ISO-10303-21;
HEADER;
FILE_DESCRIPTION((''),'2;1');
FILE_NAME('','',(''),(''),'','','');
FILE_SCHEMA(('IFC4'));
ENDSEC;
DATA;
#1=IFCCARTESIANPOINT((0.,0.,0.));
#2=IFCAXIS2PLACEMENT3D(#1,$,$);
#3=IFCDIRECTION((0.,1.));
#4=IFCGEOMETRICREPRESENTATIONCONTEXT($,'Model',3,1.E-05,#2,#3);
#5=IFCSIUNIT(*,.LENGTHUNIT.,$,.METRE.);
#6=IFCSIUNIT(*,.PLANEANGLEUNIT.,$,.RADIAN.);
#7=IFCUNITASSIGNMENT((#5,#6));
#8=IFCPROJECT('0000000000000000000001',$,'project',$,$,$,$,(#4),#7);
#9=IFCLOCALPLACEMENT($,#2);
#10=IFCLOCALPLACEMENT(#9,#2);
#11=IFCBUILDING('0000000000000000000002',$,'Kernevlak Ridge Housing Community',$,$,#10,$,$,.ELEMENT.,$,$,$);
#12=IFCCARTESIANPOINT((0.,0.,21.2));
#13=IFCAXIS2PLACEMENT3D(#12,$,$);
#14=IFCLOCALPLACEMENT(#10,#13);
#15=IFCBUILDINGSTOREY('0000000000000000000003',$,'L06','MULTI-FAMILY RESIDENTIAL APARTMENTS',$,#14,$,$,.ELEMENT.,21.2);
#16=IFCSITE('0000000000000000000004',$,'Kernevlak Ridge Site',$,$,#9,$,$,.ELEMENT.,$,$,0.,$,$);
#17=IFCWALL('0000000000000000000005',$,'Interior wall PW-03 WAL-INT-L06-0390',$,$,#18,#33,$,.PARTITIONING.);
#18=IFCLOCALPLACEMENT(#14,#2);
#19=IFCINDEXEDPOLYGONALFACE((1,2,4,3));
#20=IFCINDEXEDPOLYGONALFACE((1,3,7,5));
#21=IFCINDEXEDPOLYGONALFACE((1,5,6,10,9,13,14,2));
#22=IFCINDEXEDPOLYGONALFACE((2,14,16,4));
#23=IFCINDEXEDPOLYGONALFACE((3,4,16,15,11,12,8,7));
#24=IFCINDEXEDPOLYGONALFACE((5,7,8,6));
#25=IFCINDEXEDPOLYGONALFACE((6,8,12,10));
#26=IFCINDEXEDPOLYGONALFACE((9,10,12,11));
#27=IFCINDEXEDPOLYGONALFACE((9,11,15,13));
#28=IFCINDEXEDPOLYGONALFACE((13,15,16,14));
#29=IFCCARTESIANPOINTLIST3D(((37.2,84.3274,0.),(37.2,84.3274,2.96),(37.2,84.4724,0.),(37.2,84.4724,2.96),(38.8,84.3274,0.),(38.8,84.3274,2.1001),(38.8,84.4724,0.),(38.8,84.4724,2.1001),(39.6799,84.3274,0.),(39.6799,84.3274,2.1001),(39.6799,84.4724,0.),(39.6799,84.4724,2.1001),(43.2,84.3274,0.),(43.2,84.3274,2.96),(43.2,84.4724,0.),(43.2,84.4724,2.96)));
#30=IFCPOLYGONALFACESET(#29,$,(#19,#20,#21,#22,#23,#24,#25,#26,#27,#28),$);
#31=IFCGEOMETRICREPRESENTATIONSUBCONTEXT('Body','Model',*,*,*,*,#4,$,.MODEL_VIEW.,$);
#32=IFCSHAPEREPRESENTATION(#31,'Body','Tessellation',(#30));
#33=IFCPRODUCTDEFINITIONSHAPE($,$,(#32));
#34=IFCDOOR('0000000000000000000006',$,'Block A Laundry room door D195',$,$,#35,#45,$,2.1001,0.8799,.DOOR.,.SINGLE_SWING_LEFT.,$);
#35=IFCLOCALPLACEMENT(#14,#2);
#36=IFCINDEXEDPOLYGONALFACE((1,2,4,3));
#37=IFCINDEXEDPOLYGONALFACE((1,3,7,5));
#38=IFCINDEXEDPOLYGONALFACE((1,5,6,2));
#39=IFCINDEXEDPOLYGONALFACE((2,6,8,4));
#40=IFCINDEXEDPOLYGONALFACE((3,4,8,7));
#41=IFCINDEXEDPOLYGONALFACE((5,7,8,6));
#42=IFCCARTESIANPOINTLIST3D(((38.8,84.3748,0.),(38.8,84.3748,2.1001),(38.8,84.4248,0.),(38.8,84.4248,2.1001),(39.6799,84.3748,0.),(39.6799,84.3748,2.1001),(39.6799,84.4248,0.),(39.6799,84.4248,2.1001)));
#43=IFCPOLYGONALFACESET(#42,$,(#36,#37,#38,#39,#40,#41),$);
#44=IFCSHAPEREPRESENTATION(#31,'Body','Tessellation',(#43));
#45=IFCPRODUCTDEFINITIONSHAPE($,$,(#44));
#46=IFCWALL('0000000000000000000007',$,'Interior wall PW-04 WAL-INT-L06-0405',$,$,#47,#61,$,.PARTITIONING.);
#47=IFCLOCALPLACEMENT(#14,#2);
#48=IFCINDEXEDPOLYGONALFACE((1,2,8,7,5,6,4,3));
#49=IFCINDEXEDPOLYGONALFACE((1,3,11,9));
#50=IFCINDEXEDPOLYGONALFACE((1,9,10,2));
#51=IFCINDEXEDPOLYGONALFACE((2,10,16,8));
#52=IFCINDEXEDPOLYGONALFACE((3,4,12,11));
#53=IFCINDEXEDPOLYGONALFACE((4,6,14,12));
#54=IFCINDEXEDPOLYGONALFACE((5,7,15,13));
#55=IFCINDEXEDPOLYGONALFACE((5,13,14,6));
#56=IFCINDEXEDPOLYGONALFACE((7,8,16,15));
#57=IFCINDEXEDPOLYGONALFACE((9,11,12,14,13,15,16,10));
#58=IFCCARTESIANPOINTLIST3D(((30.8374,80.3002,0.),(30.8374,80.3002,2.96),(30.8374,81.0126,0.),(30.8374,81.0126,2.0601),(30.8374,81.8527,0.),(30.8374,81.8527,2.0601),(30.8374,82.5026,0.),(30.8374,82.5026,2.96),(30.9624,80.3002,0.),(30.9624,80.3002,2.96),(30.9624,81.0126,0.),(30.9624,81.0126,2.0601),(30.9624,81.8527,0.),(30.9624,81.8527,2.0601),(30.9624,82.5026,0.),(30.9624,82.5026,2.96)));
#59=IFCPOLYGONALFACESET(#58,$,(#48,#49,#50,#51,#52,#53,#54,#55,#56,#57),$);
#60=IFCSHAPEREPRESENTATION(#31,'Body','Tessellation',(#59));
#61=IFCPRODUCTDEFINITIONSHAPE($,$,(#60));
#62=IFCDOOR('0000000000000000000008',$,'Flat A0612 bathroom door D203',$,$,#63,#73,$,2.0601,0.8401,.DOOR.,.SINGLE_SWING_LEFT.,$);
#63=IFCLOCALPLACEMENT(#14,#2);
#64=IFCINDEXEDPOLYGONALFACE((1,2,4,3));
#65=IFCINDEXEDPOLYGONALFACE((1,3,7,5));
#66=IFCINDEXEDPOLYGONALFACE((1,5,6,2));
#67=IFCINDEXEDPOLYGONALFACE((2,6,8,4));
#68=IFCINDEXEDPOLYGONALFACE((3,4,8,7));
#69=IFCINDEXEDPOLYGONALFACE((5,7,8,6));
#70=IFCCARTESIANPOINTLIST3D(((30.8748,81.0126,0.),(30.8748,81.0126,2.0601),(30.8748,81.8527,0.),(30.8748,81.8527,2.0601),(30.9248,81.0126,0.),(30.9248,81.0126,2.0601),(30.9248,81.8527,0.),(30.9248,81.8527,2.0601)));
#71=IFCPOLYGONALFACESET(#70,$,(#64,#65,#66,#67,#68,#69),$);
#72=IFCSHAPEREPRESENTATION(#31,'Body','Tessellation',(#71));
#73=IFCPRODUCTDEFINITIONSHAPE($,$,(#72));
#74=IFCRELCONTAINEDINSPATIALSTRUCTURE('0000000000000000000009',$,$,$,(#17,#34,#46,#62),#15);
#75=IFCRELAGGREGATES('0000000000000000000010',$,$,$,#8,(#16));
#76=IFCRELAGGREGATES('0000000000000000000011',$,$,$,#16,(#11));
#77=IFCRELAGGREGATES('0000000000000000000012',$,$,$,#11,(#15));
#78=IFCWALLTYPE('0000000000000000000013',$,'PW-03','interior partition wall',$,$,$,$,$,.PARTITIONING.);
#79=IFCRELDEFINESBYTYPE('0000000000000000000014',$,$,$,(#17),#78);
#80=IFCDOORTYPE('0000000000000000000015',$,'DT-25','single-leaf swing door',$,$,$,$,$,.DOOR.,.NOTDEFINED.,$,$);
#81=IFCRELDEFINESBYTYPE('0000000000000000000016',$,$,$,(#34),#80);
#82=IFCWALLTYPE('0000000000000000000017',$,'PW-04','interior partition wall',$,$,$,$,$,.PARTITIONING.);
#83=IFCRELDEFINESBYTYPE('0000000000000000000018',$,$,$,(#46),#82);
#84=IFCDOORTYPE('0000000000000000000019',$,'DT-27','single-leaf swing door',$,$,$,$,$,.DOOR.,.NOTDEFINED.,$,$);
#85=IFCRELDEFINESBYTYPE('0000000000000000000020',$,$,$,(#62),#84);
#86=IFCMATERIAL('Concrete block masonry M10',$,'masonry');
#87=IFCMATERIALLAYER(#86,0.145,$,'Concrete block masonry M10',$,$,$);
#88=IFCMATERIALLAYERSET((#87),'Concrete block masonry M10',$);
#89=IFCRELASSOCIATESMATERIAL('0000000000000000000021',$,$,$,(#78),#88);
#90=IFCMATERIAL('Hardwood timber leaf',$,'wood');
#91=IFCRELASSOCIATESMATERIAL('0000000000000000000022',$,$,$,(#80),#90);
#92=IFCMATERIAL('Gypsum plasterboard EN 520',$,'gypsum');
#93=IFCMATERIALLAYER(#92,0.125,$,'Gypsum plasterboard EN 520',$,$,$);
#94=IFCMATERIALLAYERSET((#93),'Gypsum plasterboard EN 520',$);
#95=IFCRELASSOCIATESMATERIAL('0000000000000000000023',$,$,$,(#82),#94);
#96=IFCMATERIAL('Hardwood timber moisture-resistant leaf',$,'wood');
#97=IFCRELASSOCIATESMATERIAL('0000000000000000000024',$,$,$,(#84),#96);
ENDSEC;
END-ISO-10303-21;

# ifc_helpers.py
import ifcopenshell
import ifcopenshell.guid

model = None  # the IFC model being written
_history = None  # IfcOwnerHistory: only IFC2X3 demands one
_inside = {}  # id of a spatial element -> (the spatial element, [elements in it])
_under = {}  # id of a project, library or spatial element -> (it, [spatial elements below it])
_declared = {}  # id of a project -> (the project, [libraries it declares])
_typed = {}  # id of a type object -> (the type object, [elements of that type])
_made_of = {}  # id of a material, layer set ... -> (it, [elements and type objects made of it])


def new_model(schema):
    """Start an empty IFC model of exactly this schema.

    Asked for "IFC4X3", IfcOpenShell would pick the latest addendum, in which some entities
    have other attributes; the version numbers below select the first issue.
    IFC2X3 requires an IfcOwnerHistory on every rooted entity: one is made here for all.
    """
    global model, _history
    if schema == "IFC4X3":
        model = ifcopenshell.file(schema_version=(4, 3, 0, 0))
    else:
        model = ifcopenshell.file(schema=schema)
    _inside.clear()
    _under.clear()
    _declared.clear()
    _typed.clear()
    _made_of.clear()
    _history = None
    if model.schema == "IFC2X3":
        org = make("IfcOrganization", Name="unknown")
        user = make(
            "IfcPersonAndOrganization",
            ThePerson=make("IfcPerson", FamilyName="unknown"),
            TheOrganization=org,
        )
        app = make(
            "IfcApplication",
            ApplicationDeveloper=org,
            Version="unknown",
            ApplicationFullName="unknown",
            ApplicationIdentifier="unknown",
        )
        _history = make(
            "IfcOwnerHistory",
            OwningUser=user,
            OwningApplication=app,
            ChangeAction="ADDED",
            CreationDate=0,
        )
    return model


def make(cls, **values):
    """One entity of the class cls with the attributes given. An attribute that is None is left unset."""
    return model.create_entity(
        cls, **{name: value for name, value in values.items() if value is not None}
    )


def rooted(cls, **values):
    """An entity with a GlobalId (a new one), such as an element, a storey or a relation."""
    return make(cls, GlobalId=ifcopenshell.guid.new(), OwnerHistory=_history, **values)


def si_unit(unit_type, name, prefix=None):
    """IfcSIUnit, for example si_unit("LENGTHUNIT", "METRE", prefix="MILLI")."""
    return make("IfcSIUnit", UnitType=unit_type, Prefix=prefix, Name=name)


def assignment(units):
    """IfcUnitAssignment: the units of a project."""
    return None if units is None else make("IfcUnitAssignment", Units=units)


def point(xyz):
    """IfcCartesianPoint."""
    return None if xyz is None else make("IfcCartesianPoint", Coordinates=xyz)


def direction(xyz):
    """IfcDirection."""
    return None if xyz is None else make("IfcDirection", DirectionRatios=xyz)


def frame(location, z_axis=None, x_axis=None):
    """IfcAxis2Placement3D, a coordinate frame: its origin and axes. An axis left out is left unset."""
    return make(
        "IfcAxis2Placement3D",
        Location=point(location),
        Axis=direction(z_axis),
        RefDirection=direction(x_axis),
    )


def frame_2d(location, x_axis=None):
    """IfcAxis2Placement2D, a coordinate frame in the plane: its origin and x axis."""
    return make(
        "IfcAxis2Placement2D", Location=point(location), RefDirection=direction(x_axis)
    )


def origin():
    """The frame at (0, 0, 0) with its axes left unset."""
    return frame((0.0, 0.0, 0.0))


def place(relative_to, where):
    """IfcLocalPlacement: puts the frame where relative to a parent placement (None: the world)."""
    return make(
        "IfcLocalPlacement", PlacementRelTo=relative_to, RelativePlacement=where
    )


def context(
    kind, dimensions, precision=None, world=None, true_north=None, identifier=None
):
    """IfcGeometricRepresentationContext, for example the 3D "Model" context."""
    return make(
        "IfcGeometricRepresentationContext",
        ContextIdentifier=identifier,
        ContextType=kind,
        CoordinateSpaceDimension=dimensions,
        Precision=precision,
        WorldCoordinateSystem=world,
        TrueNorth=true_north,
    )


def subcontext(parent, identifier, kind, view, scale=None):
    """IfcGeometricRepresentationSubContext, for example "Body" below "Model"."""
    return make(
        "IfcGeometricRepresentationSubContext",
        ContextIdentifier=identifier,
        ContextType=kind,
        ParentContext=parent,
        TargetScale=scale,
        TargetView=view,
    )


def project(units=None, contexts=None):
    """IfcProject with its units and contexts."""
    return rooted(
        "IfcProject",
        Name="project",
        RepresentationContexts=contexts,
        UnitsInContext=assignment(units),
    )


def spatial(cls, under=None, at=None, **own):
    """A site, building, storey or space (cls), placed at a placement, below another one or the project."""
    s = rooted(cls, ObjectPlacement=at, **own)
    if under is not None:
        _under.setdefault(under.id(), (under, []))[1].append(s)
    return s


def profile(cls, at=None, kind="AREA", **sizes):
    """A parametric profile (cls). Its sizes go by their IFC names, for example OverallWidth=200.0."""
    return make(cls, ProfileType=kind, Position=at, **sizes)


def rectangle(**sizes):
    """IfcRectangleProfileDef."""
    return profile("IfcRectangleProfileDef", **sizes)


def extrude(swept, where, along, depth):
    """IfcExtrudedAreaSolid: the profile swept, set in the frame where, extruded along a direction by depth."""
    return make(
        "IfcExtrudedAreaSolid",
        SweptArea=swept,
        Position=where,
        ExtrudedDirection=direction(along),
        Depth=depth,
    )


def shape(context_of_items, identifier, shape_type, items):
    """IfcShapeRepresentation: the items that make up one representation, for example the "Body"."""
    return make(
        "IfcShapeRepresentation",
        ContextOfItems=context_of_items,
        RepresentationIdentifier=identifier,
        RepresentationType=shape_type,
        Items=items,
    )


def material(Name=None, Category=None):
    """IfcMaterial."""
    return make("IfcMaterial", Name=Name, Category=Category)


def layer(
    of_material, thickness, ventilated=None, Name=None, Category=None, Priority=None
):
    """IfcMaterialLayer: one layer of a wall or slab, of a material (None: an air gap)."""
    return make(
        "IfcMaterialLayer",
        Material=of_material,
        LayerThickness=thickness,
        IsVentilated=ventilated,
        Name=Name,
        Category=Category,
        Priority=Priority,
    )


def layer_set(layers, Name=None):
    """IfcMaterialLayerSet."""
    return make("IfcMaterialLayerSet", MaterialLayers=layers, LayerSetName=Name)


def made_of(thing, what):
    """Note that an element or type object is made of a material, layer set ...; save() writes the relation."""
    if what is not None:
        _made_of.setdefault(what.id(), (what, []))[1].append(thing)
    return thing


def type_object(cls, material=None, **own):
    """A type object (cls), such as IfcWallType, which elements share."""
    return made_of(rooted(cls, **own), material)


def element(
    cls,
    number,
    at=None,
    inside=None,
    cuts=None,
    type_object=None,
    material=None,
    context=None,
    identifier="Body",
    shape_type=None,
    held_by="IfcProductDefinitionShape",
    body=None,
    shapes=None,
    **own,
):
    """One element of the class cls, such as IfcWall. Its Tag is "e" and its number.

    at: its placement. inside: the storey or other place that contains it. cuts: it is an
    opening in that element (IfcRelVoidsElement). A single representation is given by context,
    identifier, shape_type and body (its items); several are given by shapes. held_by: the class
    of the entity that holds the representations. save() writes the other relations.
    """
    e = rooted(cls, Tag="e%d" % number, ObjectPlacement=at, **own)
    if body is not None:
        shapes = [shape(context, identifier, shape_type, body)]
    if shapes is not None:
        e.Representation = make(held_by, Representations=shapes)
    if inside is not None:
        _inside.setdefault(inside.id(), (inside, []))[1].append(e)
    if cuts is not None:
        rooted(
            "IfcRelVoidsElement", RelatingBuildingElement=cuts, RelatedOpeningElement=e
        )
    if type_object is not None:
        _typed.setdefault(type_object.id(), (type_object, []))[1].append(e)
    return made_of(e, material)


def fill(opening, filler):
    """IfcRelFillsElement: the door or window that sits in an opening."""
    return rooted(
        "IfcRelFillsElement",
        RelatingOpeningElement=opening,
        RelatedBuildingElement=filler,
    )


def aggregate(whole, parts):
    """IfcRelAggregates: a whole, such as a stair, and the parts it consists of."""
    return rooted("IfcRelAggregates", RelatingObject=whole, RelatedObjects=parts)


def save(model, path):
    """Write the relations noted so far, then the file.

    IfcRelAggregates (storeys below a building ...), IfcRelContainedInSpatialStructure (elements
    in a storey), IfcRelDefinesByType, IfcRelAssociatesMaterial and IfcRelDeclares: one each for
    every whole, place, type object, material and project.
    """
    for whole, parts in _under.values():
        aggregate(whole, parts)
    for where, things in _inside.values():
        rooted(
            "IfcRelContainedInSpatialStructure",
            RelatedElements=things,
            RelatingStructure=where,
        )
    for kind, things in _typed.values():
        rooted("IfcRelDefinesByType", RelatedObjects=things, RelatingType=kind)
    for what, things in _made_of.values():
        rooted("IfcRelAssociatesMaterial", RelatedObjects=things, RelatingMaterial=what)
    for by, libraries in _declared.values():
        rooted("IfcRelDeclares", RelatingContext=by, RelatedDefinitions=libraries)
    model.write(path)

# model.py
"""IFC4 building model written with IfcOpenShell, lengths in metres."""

from ifc_helpers import new_model, si_unit, direction, frame, frame_2d, origin, place, context, subcontext, project, spatial, rectangle, extrude, material, layer, layer_set, type_object, element, fill, save


model = new_model("IFC4")

# Units and contexts
model_context = context("Model", 3, precision=1e-05, world=origin(), true_north=direction((0.0, 1.0)))
body_context = subcontext(model_context, "Body", "Model", "MODEL_VIEW")
ifc_project = project(units=[si_unit("LENGTHUNIT", "METRE"), si_unit("PLANEANGLEUNIT", "RADIAN")], contexts=[model_context])

# Site, building, storey
site_placement = place(None, origin())
site = spatial("IfcSite", under=ifc_project, at=site_placement, Name="Kernevlak Ridge Site", CompositionType="ELEMENT", RefElevation=0.0)
building_placement = place(site_placement, origin())
building = spatial("IfcBuilding", under=site, at=building_placement, Name="Kernevlak Ridge Housing Community", CompositionType="ELEMENT")
storey_placement = place(building_placement, frame((0.0, 0.0, 21.2)))
storey = spatial("IfcBuildingStorey", under=building, at=storey_placement, Name="L06", Description="MULTI-FAMILY RESIDENTIAL APARTMENTS", CompositionType="ELEMENT", Elevation=21.2)

# Shared definitions
ifc_material_1 = material(Name="Concrete block masonry M10", Category="masonry")

# Walls, openings, doors
ifc_layer_1 = layer(ifc_material_1, 0.145, Name="Concrete block masonry M10")
ifc_layer_set_1 = layer_set([ifc_layer_1], Name="Concrete block masonry M10")
wall_type_1 = type_object("IfcWallType", Name="PW-03", Description="interior partition wall", PredefinedType="PARTITIONING", material=ifc_layer_set_1)
wall_1_placement = place(storey_placement, frame((37.2, 84.3999, 0.0), z_axis=(0.0, 0.0, 1.0), x_axis=(1.0, 0.0, 0.0)))
wall_1 = element("IfcWall", 1, at=wall_1_placement, inside=storey, type_object=wall_type_1, Name="Interior wall PW-03 WAL-INT-L06-0390", PredefinedType="PARTITIONING", context=body_context, shape_type="SweptSolid", body=[
    extrude(rectangle(XDim=6.0, YDim=0.145, at=frame_2d((3.0, 0.0))), origin(), (0.0, 0.0, 1.0), 2.96),
])
opening_1_placement = place(wall_1_placement, frame((1.6001, 0.0, 0.0)))
opening_1 = element("IfcOpeningElement", 2, at=opening_1_placement, cuts=wall_1, PredefinedType="OPENING", context=body_context, shape_type="SweptSolid", body=[
    extrude(rectangle(XDim=0.8799, YDim=2.1001, at=frame_2d((0.4399, 1.05))), frame((0.0, 0.0825, 0.0), z_axis=(0.0, -1.0, 0.0), x_axis=(1.0, 0.0, 0.0)), (0.0, 0.0, 1.0), 0.165),
])
ifc_material_2 = material(Name="Hardwood timber leaf", Category="wood")
door_type_1 = type_object("IfcDoorType", Name="DT-25", Description="single-leaf swing door", OperationType="NOTDEFINED", PredefinedType="DOOR", material=ifc_material_2)
door_1_placement = place(opening_1_placement, origin())
door_1 = element("IfcDoor", 3, at=door_1_placement, inside=storey, type_object=door_type_1, Name="Block A Laundry room door D195", OperationType="SINGLE_SWING_LEFT", OverallHeight=2.1001, OverallWidth=0.8799, PredefinedType="DOOR", context=body_context, shape_type="SweptSolid", body=[
    extrude(rectangle(XDim=0.8799, YDim=2.1001, at=frame_2d((0.4399, 1.05))), frame((0.0, 0.0249, 0.0), z_axis=(0.0, -1.0, 0.0), x_axis=(1.0, 0.0, 0.0)), (0.0, 0.0, 1.0), 0.05),
])
fill(opening_1, door_1)
ifc_material_3 = material(Name="Gypsum plasterboard EN 520", Category="gypsum")
ifc_layer_2 = layer(ifc_material_3, 0.125, Name="Gypsum plasterboard EN 520")
ifc_layer_set_2 = layer_set([ifc_layer_2], Name="Gypsum plasterboard EN 520")
wall_type_2 = type_object("IfcWallType", Name="PW-04", Description="interior partition wall", PredefinedType="PARTITIONING", material=ifc_layer_set_2)
wall_2_placement = place(storey_placement, frame((30.8999, 82.5024, 0.0), z_axis=(0.0, 0.0, 1.0), x_axis=(0.0, -1.0, 0.0)))
wall_2 = element("IfcWall", 4, at=wall_2_placement, inside=storey, type_object=wall_type_2, Name="Interior wall PW-04 WAL-INT-L06-0405", PredefinedType="PARTITIONING", context=body_context, shape_type="SweptSolid", body=[
    extrude(rectangle(XDim=2.2024, YDim=0.125, at=frame_2d((1.1011, 0.0))), origin(), (0.0, 0.0, 1.0), 2.96),
])
opening_2_placement = place(wall_2_placement, frame((0.6499, 0.0, 0.0)))
opening_2 = element("IfcOpeningElement", 5, at=opening_2_placement, cuts=wall_2, PredefinedType="OPENING", context=body_context, shape_type="SweptSolid", body=[
    extrude(rectangle(XDim=0.8401, YDim=2.0601, at=frame_2d((0.4199, 1.03))), frame((0.0, 0.0725, 0.0), z_axis=(0.0, -1.0, 0.0), x_axis=(1.0, 0.0, 0.0)), (0.0, 0.0, 1.0), 0.145),
])
ifc_material_4 = material(Name="Hardwood timber moisture-resistant leaf", Category="wood")
door_type_2 = type_object("IfcDoorType", Name="DT-27", Description="single-leaf swing door", OperationType="NOTDEFINED", PredefinedType="DOOR", material=ifc_material_4)
door_2_placement = place(opening_2_placement, origin())
door_2 = element("IfcDoor", 6, at=door_2_placement, inside=storey, type_object=door_type_2, Name="Flat A0612 bathroom door D203", OperationType="SINGLE_SWING_LEFT", OverallHeight=2.0601, OverallWidth=0.8401, PredefinedType="DOOR", context=body_context, shape_type="SweptSolid", body=[
    extrude(rectangle(XDim=0.8401, YDim=2.0601, at=frame_2d((0.4199, 1.03))), frame((0.0, 0.0249, 0.0), z_axis=(0.0, -1.0, 0.0), x_axis=(1.0, 0.0, 0.0)), (0.0, 0.0, 1.0), 0.05),
])
fill(opening_2, door_2)

save(model, "model.ifc")
